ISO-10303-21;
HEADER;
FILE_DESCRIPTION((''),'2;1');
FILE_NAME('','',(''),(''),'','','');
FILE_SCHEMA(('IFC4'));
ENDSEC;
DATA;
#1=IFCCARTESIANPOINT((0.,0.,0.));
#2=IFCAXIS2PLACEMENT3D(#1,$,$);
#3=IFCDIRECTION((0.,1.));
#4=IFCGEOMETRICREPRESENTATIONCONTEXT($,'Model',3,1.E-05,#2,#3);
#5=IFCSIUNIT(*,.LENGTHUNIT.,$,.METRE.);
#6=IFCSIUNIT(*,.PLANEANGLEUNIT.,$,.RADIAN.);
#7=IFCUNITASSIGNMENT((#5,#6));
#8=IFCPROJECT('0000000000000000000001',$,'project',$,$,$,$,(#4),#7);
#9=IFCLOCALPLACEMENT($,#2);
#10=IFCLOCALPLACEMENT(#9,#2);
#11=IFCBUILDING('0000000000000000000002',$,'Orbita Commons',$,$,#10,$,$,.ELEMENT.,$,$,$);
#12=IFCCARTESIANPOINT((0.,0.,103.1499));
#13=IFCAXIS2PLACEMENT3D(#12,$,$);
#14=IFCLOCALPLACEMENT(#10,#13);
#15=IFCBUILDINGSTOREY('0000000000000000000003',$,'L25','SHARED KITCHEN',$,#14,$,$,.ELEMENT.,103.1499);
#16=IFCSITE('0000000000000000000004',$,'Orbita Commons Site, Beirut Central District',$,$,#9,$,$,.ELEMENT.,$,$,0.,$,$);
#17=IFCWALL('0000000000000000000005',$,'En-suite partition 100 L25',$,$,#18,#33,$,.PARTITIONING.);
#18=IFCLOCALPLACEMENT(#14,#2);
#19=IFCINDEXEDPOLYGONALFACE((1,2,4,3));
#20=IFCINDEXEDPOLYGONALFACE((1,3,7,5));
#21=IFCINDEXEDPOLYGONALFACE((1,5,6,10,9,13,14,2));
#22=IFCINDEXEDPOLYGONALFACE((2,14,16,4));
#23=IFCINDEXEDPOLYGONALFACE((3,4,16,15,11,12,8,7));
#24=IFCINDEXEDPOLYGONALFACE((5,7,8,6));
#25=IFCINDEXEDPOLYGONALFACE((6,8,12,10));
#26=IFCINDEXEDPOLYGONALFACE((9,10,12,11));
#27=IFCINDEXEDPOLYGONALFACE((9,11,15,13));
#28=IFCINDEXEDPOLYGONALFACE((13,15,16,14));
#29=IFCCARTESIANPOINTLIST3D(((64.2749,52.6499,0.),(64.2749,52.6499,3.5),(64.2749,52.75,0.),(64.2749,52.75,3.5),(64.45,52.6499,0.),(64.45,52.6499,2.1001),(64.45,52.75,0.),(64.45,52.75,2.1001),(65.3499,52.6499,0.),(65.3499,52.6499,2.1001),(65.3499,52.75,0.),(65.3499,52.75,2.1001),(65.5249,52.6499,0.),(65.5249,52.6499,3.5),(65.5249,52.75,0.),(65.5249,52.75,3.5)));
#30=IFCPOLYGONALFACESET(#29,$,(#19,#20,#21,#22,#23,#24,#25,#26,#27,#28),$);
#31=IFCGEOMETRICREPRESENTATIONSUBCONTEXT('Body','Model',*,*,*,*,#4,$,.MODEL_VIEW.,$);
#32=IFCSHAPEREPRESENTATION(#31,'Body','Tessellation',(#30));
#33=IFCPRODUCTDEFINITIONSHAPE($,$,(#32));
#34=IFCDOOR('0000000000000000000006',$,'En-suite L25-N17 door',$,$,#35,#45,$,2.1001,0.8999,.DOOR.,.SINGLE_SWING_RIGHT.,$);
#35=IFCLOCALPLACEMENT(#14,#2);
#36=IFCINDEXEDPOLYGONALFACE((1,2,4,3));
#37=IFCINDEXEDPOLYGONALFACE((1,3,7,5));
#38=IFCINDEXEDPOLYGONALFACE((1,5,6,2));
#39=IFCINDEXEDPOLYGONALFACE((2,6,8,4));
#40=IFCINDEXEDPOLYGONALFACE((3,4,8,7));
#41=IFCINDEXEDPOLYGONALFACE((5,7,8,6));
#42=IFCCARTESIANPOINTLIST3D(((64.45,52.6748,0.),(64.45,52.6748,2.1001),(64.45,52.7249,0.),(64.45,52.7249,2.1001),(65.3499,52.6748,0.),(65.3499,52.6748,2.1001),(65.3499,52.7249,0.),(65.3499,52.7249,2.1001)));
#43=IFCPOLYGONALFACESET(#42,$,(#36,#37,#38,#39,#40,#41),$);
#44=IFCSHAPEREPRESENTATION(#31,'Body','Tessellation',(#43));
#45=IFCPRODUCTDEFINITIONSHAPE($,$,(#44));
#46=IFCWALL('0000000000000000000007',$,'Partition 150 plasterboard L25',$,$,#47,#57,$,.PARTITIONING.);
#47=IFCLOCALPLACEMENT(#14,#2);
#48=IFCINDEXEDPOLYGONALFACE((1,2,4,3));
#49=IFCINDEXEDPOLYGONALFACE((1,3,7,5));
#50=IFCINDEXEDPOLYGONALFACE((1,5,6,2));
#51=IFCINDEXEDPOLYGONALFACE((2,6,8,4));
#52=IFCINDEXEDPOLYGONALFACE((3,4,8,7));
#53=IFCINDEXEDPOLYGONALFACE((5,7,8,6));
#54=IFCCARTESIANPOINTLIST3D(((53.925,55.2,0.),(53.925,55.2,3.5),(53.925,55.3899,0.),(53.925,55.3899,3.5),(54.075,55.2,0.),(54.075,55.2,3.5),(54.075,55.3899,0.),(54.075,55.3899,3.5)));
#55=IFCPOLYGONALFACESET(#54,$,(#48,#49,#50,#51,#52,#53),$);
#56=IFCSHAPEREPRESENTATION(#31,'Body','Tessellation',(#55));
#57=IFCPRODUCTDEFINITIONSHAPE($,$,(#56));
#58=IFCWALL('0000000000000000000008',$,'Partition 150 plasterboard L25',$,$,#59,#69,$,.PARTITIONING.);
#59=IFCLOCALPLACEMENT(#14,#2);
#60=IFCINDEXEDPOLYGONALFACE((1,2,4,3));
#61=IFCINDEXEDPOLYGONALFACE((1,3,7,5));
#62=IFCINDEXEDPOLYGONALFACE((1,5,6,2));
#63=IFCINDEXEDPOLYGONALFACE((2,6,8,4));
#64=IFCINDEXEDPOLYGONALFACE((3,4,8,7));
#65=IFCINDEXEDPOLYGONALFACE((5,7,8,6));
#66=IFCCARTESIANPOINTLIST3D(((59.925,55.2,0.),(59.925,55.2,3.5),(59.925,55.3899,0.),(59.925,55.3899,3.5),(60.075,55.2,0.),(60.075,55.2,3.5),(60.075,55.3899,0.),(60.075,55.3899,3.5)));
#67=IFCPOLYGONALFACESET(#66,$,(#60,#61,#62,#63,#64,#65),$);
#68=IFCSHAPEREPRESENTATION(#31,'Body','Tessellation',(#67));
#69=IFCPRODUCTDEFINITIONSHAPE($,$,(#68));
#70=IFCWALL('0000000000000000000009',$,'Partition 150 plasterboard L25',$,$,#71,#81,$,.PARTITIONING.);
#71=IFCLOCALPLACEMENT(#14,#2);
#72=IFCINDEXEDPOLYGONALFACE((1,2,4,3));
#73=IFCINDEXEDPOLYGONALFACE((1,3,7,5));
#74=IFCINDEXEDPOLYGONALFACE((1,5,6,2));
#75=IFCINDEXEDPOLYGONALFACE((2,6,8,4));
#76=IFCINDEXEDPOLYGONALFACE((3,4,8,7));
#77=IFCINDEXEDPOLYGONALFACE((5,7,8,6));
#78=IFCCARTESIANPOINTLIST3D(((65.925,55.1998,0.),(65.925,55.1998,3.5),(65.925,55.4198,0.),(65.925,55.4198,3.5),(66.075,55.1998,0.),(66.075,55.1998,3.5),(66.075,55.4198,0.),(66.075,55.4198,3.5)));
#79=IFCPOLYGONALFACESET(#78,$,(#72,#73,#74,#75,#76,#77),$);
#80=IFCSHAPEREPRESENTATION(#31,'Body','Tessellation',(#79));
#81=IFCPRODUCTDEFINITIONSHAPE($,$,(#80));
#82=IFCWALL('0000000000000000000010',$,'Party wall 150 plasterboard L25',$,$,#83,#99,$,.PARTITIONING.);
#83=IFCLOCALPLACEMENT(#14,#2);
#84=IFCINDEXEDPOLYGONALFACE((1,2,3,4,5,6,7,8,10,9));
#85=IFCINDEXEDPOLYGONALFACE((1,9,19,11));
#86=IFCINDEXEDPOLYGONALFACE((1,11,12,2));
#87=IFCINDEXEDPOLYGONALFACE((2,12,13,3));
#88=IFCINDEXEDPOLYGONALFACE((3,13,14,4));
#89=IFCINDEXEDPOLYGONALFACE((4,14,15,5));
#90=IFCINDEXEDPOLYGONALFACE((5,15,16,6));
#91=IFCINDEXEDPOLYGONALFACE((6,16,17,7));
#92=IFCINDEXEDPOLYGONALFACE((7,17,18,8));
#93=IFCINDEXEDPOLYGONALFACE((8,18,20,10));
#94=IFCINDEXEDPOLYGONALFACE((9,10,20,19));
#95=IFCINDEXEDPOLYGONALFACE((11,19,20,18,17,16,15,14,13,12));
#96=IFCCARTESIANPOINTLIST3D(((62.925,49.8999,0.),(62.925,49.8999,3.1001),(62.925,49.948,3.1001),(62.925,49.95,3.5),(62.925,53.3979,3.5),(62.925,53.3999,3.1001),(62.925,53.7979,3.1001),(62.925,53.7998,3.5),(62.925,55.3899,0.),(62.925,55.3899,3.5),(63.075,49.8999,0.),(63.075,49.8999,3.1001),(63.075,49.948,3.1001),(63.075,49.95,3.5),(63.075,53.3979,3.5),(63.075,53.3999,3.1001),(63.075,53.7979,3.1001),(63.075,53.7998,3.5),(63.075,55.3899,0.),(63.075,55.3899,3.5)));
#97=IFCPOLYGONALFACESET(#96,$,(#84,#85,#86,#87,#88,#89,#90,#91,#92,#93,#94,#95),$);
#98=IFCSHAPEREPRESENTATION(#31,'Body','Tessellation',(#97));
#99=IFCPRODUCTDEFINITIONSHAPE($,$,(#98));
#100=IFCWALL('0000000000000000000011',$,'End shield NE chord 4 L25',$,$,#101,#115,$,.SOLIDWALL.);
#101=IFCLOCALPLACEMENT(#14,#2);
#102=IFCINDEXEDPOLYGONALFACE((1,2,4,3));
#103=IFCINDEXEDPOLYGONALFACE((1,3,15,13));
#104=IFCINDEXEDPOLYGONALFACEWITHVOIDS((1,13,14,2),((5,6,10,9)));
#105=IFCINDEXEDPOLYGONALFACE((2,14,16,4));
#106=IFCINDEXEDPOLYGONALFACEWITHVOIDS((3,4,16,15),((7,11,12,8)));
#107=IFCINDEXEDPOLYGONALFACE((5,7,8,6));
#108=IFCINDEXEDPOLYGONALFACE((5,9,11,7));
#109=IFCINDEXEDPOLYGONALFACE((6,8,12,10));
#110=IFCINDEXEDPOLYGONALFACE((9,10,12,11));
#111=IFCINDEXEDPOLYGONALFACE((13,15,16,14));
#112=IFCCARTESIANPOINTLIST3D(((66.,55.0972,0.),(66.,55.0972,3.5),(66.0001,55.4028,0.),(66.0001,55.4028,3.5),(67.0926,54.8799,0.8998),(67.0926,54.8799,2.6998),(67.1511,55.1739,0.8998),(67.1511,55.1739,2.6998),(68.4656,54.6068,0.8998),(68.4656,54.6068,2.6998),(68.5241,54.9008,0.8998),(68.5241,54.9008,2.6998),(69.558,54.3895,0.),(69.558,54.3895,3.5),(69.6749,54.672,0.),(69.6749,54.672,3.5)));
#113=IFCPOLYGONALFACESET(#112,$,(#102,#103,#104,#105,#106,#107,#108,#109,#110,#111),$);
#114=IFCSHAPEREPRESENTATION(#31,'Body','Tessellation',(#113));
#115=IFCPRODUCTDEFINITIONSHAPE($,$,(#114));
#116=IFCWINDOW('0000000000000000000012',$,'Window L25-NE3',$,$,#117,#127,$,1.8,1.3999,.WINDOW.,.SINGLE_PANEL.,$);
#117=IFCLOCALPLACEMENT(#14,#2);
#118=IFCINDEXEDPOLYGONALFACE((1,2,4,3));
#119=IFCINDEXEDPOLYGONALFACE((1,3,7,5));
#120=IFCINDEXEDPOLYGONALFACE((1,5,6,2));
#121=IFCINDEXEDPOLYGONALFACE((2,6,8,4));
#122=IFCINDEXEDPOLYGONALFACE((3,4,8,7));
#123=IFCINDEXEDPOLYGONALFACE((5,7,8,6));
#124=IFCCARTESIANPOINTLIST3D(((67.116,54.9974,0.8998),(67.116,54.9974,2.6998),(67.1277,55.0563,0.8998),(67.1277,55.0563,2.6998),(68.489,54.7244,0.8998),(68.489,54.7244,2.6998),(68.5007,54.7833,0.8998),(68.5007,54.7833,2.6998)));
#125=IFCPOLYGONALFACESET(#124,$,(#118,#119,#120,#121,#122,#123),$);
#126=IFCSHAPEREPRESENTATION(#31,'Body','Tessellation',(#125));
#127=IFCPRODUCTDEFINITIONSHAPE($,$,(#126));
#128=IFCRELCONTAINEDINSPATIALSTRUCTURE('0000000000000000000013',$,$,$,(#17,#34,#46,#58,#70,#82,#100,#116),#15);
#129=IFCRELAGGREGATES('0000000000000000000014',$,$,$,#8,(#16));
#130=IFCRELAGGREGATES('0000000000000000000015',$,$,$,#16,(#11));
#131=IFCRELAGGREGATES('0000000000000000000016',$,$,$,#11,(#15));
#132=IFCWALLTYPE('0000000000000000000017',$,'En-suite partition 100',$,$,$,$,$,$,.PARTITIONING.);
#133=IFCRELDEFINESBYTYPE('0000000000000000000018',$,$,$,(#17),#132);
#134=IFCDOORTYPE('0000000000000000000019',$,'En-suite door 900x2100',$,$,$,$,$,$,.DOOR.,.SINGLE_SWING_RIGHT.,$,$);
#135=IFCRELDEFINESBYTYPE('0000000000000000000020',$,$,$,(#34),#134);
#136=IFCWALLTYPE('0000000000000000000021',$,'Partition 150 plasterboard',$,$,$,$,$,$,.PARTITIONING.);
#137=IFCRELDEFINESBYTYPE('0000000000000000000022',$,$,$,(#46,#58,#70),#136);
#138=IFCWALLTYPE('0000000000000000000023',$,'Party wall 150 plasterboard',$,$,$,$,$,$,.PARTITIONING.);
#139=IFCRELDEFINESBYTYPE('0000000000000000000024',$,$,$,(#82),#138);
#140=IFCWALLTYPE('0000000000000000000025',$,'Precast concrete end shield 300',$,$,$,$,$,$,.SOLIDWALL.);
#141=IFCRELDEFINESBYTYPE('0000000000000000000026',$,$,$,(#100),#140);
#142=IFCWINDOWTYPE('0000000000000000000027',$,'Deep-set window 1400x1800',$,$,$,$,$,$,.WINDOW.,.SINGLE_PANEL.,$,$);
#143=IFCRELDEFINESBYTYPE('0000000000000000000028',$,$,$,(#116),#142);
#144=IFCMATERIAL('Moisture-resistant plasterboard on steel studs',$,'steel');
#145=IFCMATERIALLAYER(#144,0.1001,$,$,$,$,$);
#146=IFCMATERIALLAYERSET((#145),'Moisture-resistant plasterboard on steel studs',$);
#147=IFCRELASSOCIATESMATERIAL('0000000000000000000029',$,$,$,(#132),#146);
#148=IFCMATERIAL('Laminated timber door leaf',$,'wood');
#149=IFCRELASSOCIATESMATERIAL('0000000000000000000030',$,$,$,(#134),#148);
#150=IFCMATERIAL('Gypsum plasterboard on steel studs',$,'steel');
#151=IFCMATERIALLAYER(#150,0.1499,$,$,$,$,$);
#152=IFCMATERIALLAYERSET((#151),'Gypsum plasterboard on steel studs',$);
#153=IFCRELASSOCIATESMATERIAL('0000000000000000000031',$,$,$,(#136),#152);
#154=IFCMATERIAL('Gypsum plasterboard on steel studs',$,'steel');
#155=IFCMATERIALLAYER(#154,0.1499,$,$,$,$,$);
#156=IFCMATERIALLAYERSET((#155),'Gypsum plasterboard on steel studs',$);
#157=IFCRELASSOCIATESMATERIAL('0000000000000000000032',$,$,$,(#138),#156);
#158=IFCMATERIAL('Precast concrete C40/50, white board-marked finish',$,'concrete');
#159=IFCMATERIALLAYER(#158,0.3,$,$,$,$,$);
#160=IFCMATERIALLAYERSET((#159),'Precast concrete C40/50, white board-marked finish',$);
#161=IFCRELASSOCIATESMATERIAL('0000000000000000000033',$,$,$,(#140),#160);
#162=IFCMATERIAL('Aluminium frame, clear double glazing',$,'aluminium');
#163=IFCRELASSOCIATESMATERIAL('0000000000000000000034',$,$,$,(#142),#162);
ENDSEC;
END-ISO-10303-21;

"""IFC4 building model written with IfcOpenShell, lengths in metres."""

from ifc_helpers import new_model, si_unit, direction, frame, frame_2d, origin, place, context, subcontext, project, spatial, polyline, rectangle, outline, extrude, material, layer, layer_set, type_object, element, fill, save


model = new_model("IFC4")

# Units and contexts
model_context = context("Model", 3, precision=1e-05, world=origin(), true_north=direction((0.0, 1.0)))
body_context = subcontext(model_context, "Body", "Model", "MODEL_VIEW")
ifc_project = project(units=[si_unit("LENGTHUNIT", "METRE"), si_unit("PLANEANGLEUNIT", "RADIAN")], contexts=[model_context])

# Site, building, storey
site_placement = place(None, origin())
site = spatial("IfcSite", under=ifc_project, at=site_placement, Name="Orbita Commons Site, Beirut Central District", CompositionType="ELEMENT", RefElevation=0.0)
building_placement = place(site_placement, origin())
building = spatial("IfcBuilding", under=site, at=building_placement, Name="Orbita Commons", CompositionType="ELEMENT")
storey_placement = place(building_placement, frame((0.0, 0.0, 103.1499)))
storey = spatial("IfcBuildingStorey", under=building, at=storey_placement, Name="L25", Description="SHARED KITCHEN", CompositionType="ELEMENT", Elevation=103.1499)

# Wall, opening, door
ifc_material_1 = material(Name="Moisture-resistant plasterboard on steel studs", Category="steel")
ifc_layer_1 = layer(ifc_material_1, 0.1001)
ifc_layer_set_1 = layer_set([ifc_layer_1], Name="Moisture-resistant plasterboard on steel studs")
wall_type_1 = type_object("IfcWallType", Name="En-suite partition 100", PredefinedType="PARTITIONING", material=ifc_layer_set_1)
ifc_material_2 = material(Name="Laminated timber door leaf", Category="wood")
door_type = type_object("IfcDoorType", Name="En-suite door 900x2100", OperationType="SINGLE_SWING_RIGHT", PredefinedType="DOOR", material=ifc_material_2)
wall_1_placement = place(storey_placement, frame((64.2749, 52.7, 0.0), z_axis=(0.0, 0.0, 1.0), x_axis=(1.0, 0.0, 0.0)))
wall_1 = element("IfcWall", 1, at=wall_1_placement, inside=storey, type_object=wall_type_1, Name="En-suite partition 100 L25", PredefinedType="PARTITIONING", context=body_context, shape_type="SweptSolid", body=[
    extrude(rectangle(XDim=1.25, YDim=0.1001, at=frame_2d((0.625, 0.0))), origin(), (0.0, 0.0, 1.0), 3.5),
])
opening_1_placement = place(wall_1_placement, frame((0.175, 0.0, 0.0)))
opening_1 = element("IfcOpeningElement", 2, at=opening_1_placement, cuts=wall_1, PredefinedType="OPENING", context=body_context, shape_type="SweptSolid", body=[
    extrude(rectangle(XDim=0.8999, YDim=2.1001, at=frame_2d((0.45, 1.05))), frame((0.0, 0.0601, 0.0), z_axis=(0.0, -1.0, 0.0), x_axis=(1.0, 0.0, 0.0)), (0.0, 0.0, 1.0), 0.1201),
])
door_1_placement = place(opening_1_placement, origin())
door_1 = element("IfcDoor", 3, at=door_1_placement, inside=storey, type_object=door_type, Name="En-suite L25-N17 door", OperationType="SINGLE_SWING_RIGHT", OverallHeight=2.1001, OverallWidth=0.8999, PredefinedType="DOOR", context=body_context, shape_type="SweptSolid", body=[
    extrude(rectangle(XDim=0.8999, YDim=2.1001, at=frame_2d((0.45, 1.05))), frame((0.0, 0.0249, 0.0), z_axis=(0.0, -1.0, 0.0), x_axis=(1.0, 0.0, 0.0)), (0.0, 0.0, 1.0), 0.05),
])
fill(opening_1, door_1)

# Walls
ifc_material_3 = material(Name="Gypsum plasterboard on steel studs", Category="steel")
ifc_layer_2 = layer(ifc_material_3, 0.1499)
ifc_layer_set_2 = layer_set([ifc_layer_2], Name="Gypsum plasterboard on steel studs")
wall_type_2 = type_object("IfcWallType", Name="Partition 150 plasterboard", PredefinedType="PARTITIONING", material=ifc_layer_set_2)
for number, where, z_axis, x_axis, name in (
    (4, (54.0, 55.2, 0.0), (0.0, 0.0, 1.0), (0.0, 1.0, 0.0), "Partition 150 plasterboard L25"),
    (5, (60.0, 55.2, 0.0), (0.0, 0.0, 1.0), (0.0, 1.0, 0.0), "Partition 150 plasterboard L25"),
):
    element("IfcWall", number, at=place(storey_placement, frame(where, z_axis=z_axis, x_axis=x_axis)), inside=storey, type_object=wall_type_2, Name=name, PredefinedType="PARTITIONING", context=body_context, shape_type="SweptSolid", body=[
        extrude(rectangle(XDim=0.1899, YDim=0.1499, at=frame_2d((0.095, 0.0))), origin(), (0.0, 0.0, 1.0), 3.5),
    ])
wall_2_placement = place(storey_placement, frame((66.0, 55.2, 0.0), z_axis=(0.0, 0.0, 1.0), x_axis=(0.0, 1.0, 0.0)))
element("IfcWall", 6, at=wall_2_placement, inside=storey, type_object=wall_type_2, Name="Partition 150 plasterboard L25", PredefinedType="PARTITIONING", context=body_context, shape_type="SweptSolid", body=[
    extrude(rectangle(XDim=0.22, YDim=0.1499, at=frame_2d((0.1099, 0.0))), origin(), (0.0, 0.0, 1.0), 3.5),
])
ifc_material_4 = material(Name="Gypsum plasterboard on steel studs", Category="steel")
ifc_layer_3 = layer(ifc_material_4, 0.1499)
ifc_layer_set_3 = layer_set([ifc_layer_3], Name="Gypsum plasterboard on steel studs")
wall_type_3 = type_object("IfcWallType", Name="Party wall 150 plasterboard", PredefinedType="PARTITIONING", material=ifc_layer_set_3)
wall_3_placement = place(storey_placement, frame((63.0, 55.3899, 0.0), z_axis=(0.0, 0.0, 1.0), x_axis=(0.0, -1.0, 0.0)))
element("IfcWall", 7, at=wall_3_placement, inside=storey, type_object=wall_type_3, Name="Party wall 150 plasterboard L25", PredefinedType="PARTITIONING", context=body_context, shape_type="SweptSolid", body=[
    extrude(outline(polyline([(0.0, 0.0), (5.49, 0.0), (5.49, 3.1001), (5.4419, 3.1001), (5.4399, 3.5), (1.9919, 3.5), (1.99, 3.1001), (1.592, 3.1001), (1.5901, 3.5), (0.0, 3.5), (0.0, 0.0)])), frame((0.0, 0.075, 0.0), z_axis=(0.0, -1.0, 0.0), x_axis=(1.0, 0.0, 0.0)), (0.0, 0.0, 1.0), 0.1499),
])

# Wall, opening, window
ifc_material_5 = material(Name="Precast concrete C40/50, white board-marked finish", Category="concrete")
ifc_layer_4 = layer(ifc_material_5, 0.3)
ifc_layer_set_4 = layer_set([ifc_layer_4], Name="Precast concrete C40/50, white board-marked finish")
wall_type_4 = type_object("IfcWallType", Name="Precast concrete end shield 300", PredefinedType="SOLIDWALL", material=ifc_layer_set_4)
wall_4_placement = place(storey_placement, frame((69.6165, 54.5308, 0.0), z_axis=(0.0, 0.0, 1.0), x_axis=(-0.980791, 0.195059, 0.0)))
wall_4 = element("IfcWall", 8, at=wall_4_placement, inside=storey, type_object=wall_type_4, Name="End shield NE chord 4 L25", PredefinedType="SOLIDWALL", context=body_context, shape_type="SweptSolid", body=[
    extrude(outline(polyline([(-0.0298, -0.1499), (3.717, -0.1499), (3.6575, 0.1499), (0.0298, 0.1499), (-0.0298, -0.1499)])), origin(), (0.0, 0.0, 1.0), 3.5),
])
opening_2_placement = place(wall_4_placement, frame((1.1436, 0.0, 0.8999)))
opening_2 = element("IfcOpeningElement", 9, at=opening_2_placement, cuts=wall_4, PredefinedType="OPENING", context=body_context, shape_type="SweptSolid", body=[
    extrude(rectangle(XDim=1.3999, YDim=1.8, at=frame_2d((0.7, 0.8999))), frame((0.0, 0.1599, 0.0), z_axis=(0.0, -1.0, 0.0), x_axis=(1.0, 0.0, 0.0)), (0.0, 0.0, 1.0), 0.3201),
])
ifc_material_6 = material(Name="Aluminium frame, clear double glazing", Category="aluminium")
window_type = type_object("IfcWindowType", Name="Deep-set window 1400x1800", PartitioningType="SINGLE_PANEL", PredefinedType="WINDOW", material=ifc_material_6)
window_placement = place(opening_2_placement, origin())
window = element("IfcWindow", 10, at=window_placement, inside=storey, type_object=window_type, Name="Window L25-NE3", OverallHeight=1.8, OverallWidth=1.3999, PartitioningType="SINGLE_PANEL", PredefinedType="WINDOW", context=body_context, shape_type="SweptSolid", body=[
    extrude(rectangle(XDim=1.3999, YDim=1.8, at=frame_2d((0.7, 0.8999))), frame((0.0, 0.03, 0.0), z_axis=(0.0, -1.0, 0.0), x_axis=(1.0, 0.0, 0.0)), (0.0, 0.0, 1.0), 0.0601),
])
fill(opening_2, window)

save(model, "model.ifc")
